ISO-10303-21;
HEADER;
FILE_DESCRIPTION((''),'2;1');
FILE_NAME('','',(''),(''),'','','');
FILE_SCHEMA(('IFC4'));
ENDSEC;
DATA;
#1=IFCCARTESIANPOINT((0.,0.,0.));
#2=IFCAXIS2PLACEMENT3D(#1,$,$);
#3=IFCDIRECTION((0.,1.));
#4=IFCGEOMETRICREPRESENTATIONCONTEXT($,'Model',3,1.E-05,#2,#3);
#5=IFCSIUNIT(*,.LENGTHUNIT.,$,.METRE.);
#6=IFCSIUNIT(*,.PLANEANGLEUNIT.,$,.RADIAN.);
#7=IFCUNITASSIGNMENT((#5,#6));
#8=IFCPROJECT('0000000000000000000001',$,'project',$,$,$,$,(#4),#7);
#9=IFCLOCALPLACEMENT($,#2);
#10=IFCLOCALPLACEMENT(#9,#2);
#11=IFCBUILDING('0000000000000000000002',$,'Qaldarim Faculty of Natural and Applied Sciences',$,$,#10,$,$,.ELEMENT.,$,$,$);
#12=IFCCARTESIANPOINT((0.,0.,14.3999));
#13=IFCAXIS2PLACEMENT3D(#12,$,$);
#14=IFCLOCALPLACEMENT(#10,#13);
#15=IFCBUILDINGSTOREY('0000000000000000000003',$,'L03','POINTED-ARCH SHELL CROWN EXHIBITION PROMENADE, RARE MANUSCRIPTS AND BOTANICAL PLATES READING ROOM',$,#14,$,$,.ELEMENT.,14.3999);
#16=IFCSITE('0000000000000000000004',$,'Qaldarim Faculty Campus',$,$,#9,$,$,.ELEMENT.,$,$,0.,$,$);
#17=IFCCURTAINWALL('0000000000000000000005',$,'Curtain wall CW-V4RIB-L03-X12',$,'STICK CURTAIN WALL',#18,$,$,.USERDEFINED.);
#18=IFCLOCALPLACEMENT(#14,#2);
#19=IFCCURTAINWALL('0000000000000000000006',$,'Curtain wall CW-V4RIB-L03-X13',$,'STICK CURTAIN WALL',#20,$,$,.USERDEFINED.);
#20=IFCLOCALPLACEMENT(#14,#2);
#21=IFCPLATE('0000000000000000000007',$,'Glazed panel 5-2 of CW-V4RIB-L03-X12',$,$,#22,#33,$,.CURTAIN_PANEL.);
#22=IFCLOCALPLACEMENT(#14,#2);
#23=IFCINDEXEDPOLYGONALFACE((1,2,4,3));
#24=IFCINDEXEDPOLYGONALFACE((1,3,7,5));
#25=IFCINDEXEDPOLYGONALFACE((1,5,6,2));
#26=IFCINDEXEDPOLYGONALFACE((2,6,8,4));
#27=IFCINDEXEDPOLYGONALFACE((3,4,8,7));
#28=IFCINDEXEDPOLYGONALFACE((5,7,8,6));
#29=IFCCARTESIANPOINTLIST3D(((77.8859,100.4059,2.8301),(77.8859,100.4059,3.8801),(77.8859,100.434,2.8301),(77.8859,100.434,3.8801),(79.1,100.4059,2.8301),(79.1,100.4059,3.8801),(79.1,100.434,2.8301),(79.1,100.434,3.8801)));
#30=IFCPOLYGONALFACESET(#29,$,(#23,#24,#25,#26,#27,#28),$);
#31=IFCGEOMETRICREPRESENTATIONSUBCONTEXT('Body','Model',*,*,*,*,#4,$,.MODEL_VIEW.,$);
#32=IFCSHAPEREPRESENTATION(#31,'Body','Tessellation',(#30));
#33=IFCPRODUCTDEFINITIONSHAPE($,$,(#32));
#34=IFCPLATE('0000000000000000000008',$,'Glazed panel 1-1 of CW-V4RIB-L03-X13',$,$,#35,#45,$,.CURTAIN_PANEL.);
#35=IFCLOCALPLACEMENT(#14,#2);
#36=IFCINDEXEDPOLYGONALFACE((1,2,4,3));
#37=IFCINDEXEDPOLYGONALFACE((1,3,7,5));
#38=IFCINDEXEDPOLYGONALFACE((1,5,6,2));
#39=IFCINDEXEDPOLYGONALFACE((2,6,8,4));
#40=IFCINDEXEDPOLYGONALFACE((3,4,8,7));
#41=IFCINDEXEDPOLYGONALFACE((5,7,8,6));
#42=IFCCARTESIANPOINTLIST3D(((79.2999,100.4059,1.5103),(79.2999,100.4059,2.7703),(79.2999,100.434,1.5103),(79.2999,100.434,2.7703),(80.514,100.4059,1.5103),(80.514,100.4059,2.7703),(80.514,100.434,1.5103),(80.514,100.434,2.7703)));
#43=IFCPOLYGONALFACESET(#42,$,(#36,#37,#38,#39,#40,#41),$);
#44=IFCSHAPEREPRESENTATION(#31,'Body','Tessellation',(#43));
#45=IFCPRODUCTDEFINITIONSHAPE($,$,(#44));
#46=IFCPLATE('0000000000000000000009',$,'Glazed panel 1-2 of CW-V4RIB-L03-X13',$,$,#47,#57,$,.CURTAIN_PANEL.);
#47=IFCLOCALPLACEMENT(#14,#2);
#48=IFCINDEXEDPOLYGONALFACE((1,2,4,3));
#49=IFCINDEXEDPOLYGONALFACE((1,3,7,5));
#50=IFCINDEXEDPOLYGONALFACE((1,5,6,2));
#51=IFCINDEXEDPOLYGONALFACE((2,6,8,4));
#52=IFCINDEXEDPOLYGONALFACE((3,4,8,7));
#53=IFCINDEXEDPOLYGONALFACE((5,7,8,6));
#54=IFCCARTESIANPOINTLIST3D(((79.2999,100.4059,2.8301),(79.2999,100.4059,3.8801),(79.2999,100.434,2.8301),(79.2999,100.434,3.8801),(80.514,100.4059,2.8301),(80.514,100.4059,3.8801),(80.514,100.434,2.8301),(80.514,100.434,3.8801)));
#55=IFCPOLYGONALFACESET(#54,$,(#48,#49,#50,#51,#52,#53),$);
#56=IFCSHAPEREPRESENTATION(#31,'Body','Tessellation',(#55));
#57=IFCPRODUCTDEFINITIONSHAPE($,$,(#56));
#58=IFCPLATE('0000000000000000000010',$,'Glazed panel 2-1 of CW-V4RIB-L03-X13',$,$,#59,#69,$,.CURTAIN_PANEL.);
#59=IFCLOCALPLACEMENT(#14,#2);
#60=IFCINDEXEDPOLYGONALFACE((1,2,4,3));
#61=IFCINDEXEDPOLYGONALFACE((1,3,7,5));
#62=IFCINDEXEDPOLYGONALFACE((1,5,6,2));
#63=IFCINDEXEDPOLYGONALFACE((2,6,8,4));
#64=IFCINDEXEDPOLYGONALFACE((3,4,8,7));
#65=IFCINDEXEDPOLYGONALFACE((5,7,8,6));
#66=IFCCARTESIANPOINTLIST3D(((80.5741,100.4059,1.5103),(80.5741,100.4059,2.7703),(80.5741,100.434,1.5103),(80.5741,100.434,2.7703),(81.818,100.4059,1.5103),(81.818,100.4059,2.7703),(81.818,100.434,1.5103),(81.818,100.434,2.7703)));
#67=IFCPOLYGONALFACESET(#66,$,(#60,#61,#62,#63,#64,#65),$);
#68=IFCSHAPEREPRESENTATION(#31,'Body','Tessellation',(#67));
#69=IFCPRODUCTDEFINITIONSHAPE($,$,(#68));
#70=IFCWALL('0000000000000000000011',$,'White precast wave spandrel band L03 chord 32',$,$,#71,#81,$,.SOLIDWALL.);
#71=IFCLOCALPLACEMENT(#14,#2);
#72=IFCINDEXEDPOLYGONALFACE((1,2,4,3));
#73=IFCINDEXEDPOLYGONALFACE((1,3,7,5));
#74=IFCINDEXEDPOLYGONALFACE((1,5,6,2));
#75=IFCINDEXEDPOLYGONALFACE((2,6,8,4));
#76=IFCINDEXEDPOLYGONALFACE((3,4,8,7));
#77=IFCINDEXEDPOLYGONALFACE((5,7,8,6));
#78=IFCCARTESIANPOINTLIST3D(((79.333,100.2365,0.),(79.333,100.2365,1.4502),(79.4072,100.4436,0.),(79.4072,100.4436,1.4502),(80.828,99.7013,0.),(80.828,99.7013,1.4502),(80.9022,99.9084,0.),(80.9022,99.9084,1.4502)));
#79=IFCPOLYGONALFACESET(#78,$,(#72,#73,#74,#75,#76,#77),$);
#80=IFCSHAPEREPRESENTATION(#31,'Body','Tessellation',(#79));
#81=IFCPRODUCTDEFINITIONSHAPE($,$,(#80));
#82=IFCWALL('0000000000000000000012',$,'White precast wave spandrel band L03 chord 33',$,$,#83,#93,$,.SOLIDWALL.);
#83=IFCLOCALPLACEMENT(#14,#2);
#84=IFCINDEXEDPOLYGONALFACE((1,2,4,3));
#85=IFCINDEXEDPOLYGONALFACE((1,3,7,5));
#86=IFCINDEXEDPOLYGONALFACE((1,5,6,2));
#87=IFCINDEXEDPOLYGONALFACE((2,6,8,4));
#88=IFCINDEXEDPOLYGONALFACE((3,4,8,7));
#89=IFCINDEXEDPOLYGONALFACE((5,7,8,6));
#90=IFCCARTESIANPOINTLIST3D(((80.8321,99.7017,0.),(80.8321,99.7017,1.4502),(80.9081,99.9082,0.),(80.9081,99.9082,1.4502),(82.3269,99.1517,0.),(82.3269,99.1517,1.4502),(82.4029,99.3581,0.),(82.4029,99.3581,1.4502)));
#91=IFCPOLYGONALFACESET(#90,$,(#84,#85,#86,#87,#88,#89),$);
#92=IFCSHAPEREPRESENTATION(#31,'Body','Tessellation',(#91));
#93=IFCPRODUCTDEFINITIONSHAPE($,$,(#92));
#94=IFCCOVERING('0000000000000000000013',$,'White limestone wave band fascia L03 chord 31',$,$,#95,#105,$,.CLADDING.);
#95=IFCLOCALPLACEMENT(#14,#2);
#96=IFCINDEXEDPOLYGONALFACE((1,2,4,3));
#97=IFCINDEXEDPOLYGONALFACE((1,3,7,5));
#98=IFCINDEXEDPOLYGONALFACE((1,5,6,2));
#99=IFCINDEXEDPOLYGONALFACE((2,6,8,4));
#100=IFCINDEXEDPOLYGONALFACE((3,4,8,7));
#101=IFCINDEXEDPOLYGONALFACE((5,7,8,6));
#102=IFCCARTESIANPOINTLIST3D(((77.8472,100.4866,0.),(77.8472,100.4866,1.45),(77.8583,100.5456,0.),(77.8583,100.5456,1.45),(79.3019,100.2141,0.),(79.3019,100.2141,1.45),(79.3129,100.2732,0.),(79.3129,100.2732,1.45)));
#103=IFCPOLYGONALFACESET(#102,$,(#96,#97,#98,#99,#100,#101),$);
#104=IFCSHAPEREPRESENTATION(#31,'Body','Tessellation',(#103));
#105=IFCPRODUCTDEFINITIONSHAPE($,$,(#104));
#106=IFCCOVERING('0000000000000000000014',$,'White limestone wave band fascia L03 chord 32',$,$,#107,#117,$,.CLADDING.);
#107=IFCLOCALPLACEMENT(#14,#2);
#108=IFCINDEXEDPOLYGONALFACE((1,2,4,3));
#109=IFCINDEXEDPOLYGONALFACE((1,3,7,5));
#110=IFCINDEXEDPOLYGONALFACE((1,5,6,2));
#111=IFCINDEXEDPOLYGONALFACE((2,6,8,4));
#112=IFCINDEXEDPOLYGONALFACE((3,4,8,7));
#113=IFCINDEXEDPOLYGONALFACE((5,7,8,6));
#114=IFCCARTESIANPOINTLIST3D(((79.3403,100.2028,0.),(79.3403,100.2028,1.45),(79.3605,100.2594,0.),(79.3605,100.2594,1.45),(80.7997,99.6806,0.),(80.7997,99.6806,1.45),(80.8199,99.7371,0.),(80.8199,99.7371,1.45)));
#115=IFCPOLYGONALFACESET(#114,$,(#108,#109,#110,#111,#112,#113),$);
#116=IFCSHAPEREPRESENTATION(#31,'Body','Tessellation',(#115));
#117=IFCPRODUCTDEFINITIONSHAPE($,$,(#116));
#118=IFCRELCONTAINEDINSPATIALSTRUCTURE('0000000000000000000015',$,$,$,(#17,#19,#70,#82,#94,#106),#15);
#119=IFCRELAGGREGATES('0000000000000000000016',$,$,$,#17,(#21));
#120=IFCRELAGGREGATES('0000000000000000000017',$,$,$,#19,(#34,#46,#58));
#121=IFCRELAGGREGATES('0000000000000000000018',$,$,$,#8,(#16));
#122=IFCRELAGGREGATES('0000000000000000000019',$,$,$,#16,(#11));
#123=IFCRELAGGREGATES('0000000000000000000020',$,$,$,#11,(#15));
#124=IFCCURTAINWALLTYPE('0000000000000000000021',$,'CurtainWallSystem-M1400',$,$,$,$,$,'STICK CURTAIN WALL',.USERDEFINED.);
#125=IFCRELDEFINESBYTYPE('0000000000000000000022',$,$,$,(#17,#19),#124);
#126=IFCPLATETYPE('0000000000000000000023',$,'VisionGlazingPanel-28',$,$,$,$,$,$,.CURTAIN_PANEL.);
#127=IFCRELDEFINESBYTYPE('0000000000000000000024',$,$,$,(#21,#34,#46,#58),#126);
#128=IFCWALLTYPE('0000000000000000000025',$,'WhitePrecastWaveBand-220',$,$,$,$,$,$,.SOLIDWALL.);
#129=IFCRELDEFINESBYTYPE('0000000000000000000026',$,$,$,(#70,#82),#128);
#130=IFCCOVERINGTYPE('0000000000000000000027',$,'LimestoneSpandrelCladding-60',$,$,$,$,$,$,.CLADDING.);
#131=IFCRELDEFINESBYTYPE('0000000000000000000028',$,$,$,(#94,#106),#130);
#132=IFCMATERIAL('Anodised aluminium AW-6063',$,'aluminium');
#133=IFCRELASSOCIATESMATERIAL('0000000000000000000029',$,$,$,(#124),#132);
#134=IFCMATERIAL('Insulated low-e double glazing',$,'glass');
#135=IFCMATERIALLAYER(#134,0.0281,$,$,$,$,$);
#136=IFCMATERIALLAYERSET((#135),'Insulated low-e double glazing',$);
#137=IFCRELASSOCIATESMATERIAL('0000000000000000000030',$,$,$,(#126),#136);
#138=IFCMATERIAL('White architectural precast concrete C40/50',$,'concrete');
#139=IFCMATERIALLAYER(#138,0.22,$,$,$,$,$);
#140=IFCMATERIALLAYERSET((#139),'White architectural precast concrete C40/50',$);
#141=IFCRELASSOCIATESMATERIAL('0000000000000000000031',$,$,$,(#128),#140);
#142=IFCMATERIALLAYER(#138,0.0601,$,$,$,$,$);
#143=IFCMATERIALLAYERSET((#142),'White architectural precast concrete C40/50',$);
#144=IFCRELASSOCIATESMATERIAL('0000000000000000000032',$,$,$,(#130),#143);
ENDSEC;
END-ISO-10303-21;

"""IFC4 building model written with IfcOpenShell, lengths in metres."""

from ifc_helpers import new_model, si_unit, direction, frame, frame_2d, origin, origin_2d, place, context, subcontext, project, spatial, rectangle, extrude, material, layer, layer_set, type_object, element, aggregate, save


model = new_model("IFC4")

# Units and contexts
model_context = context("Model", 3, precision=1e-05, world=origin(), true_north=direction((0.0, 1.0)))
body_context = subcontext(model_context, "Body", "Model", "MODEL_VIEW")
ifc_project = project(units=[si_unit("LENGTHUNIT", "METRE"), si_unit("PLANEANGLEUNIT", "RADIAN")], contexts=[model_context])

# Site, building, storey
site_placement = place(None, origin())
site = spatial("IfcSite", under=ifc_project, at=site_placement, Name="Qaldarim Faculty Campus", CompositionType="ELEMENT", RefElevation=0.0)
building_placement = place(site_placement, origin())
building = spatial("IfcBuilding", under=site, at=building_placement, Name="Qaldarim Faculty of Natural and Applied Sciences", CompositionType="ELEMENT")
storey_placement = place(building_placement, frame((0.0, 0.0, 14.3999)))
storey = spatial("IfcBuildingStorey", under=building, at=storey_placement, Name="L03", Description="POINTED-ARCH SHELL CROWN EXHIBITION PROMENADE, RARE MANUSCRIPTS AND BOTANICAL PLATES READING ROOM", CompositionType="ELEMENT", Elevation=14.3999)

# Curtain walls
ifc_material_1 = material(Name="Anodised aluminium AW-6063", Category="aluminium")
curtain_wall_type = type_object("IfcCurtainWallType", Name="CurtainWallSystem-M1400", ElementType="STICK CURTAIN WALL", PredefinedType="USERDEFINED", material=ifc_material_1)
curtain_wall_1_placement = place(storey_placement, origin())
curtain_wall_1 = element("IfcCurtainWall", 1, at=curtain_wall_1_placement, inside=storey, type_object=curtain_wall_type, Name="Curtain wall CW-V4RIB-L03-X12", ObjectType="STICK CURTAIN WALL", PredefinedType="USERDEFINED")
curtain_wall_2_placement = place(storey_placement, origin())
curtain_wall_2 = element("IfcCurtainWall", 2, at=curtain_wall_2_placement, inside=storey, type_object=curtain_wall_type, Name="Curtain wall CW-V4RIB-L03-X13", ObjectType="STICK CURTAIN WALL", PredefinedType="USERDEFINED")

# Plates
ifc_material_2 = material(Name="Insulated low-e double glazing", Category="glass")
ifc_layer_1 = layer(ifc_material_2, 0.0281)
ifc_layer_set_1 = layer_set([ifc_layer_1], Name="Insulated low-e double glazing")
plate_type = type_object("IfcPlateType", Name="VisionGlazingPanel-28", PredefinedType="CURTAIN_PANEL", material=ifc_layer_set_1)
plate_1_placement = place(storey_placement, frame((78.4929, 100.4199, 2.8301), z_axis=(0.0, 0.0, 1.0), x_axis=(1.0, 0.0, 0.0)))
plate_1 = element("IfcPlate", 3, at=plate_1_placement, type_object=plate_type, Name="Glazed panel 5-2 of CW-V4RIB-L03-X12", PredefinedType="CURTAIN_PANEL", context=body_context, shape_type="SweptSolid", body=[
    extrude(rectangle(XDim=1.2141, YDim=0.0281, at=origin_2d()), origin(), (0.0, 0.0, 1.0), 1.05),
])
aggregate(curtain_wall_1, [plate_1])
plate_2_placement = place(storey_placement, frame((79.907, 100.4199, 1.5103), z_axis=(0.0, 0.0, 1.0), x_axis=(1.0, 0.0, 0.0)))
plate_2 = element("IfcPlate", 4, at=plate_2_placement, type_object=plate_type, Name="Glazed panel 1-1 of CW-V4RIB-L03-X13", PredefinedType="CURTAIN_PANEL", context=body_context, shape_type="SweptSolid", body=[
    extrude(rectangle(XDim=1.2141, YDim=0.0281, at=origin_2d()), origin(), (0.0, 0.0, 1.0), 1.26),
])
plate_3_placement = place(storey_placement, frame((79.907, 100.4199, 2.8301), z_axis=(0.0, 0.0, 1.0), x_axis=(1.0, 0.0, 0.0)))
plate_3 = element("IfcPlate", 5, at=plate_3_placement, type_object=plate_type, Name="Glazed panel 1-2 of CW-V4RIB-L03-X13", PredefinedType="CURTAIN_PANEL", context=body_context, shape_type="SweptSolid", body=[
    extrude(rectangle(XDim=1.2141, YDim=0.0281, at=origin_2d()), origin(), (0.0, 0.0, 1.0), 1.05),
])
plate_4_placement = place(storey_placement, frame((81.196, 100.4199, 1.5103), z_axis=(0.0, 0.0, 1.0), x_axis=(1.0, 0.0, 0.0)))
plate_4 = element("IfcPlate", 6, at=plate_4_placement, type_object=plate_type, Name="Glazed panel 2-1 of CW-V4RIB-L03-X13", PredefinedType="CURTAIN_PANEL", context=body_context, shape_type="SweptSolid", body=[
    extrude(rectangle(XDim=1.2439, YDim=0.0281, at=origin_2d()), origin(), (0.0, 0.0, 1.0), 1.26),
])
aggregate(curtain_wall_2, [plate_2, plate_3, plate_4])

# Walls
ifc_material_3 = material(Name="White architectural precast concrete C40/50", Category="concrete")
ifc_layer_2 = layer(ifc_material_3, 0.22)
ifc_layer_set_2 = layer_set([ifc_layer_2], Name="White architectural precast concrete C40/50")
wall_type = type_object("IfcWallType", Name="WhitePrecastWaveBand-220", PredefinedType="SOLIDWALL", material=ifc_layer_set_2)
wall_1_placement = place(storey_placement, frame((79.3701, 100.3401, 0.0), z_axis=(0.0, 0.0, 1.0), x_axis=(0.941488, -0.337047, 0.0)))
element("IfcWall", 7, at=wall_1_placement, inside=storey, type_object=wall_type, Name="White precast wave spandrel band L03 chord 32", PredefinedType="SOLIDWALL", context=body_context, shape_type="SweptSolid", body=[
    extrude(rectangle(XDim=1.5879, YDim=0.22, at=frame_2d((0.7939, 0.0))), origin(), (0.0, 0.0, 1.0), 1.4502),
])
wall_2_placement = place(storey_placement, frame((80.8701, 99.8049, 0.0), z_axis=(0.0, 0.0, 1.0), x_axis=(0.938484, -0.345322, 0.0)))
element("IfcWall", 8, at=wall_2_placement, inside=storey, type_object=wall_type, Name="White precast wave spandrel band L03 chord 33", PredefinedType="SOLIDWALL", context=body_context, shape_type="SweptSolid", body=[
    extrude(rectangle(XDim=1.5928, YDim=0.22, at=frame_2d((0.7964, 0.0))), origin(), (0.0, 0.0, 1.0), 1.4502),
])

# Coverings
ifc_layer_3 = layer(ifc_material_3, 0.0601)
ifc_layer_set_3 = layer_set([ifc_layer_3], Name="White architectural precast concrete C40/50")
covering_type = type_object("IfcCoveringType", Name="LimestoneSpandrelCladding-60", PredefinedType="CLADDING", material=ifc_layer_set_3)
covering_1_placement = place(storey_placement, frame((78.5801, 100.3799, 0.0), z_axis=(0.0, 0.0, 1.0), x_axis=(0.98291, -0.184089, 0.0)))
element("IfcCovering", 9, at=covering_1_placement, inside=storey, type_object=covering_type, Name="White limestone wave band fascia L03 chord 31", PredefinedType="CLADDING", context=body_context, shape_type="SweptSolid", body=[
    extrude(rectangle(XDim=1.48, YDim=0.0601, at=origin_2d()), origin(), (0.0, 0.0, 1.0), 1.45),
])
covering_2_placement = place(storey_placement, frame((80.0801, 99.97, 0.0), z_axis=(0.0, 0.0, 1.0), x_axis=(0.941529, -0.336931, 0.0)))
element("IfcCovering", 10, at=covering_2_placement, inside=storey, type_object=covering_type, Name="White limestone wave band fascia L03 chord 32", PredefinedType="CLADDING", context=body_context, shape_type="SweptSolid", body=[
    extrude(rectangle(XDim=1.55, YDim=0.0601, at=origin_2d()), origin(), (0.0, 0.0, 1.0), 1.45),
])

save(model, "model.ifc")
